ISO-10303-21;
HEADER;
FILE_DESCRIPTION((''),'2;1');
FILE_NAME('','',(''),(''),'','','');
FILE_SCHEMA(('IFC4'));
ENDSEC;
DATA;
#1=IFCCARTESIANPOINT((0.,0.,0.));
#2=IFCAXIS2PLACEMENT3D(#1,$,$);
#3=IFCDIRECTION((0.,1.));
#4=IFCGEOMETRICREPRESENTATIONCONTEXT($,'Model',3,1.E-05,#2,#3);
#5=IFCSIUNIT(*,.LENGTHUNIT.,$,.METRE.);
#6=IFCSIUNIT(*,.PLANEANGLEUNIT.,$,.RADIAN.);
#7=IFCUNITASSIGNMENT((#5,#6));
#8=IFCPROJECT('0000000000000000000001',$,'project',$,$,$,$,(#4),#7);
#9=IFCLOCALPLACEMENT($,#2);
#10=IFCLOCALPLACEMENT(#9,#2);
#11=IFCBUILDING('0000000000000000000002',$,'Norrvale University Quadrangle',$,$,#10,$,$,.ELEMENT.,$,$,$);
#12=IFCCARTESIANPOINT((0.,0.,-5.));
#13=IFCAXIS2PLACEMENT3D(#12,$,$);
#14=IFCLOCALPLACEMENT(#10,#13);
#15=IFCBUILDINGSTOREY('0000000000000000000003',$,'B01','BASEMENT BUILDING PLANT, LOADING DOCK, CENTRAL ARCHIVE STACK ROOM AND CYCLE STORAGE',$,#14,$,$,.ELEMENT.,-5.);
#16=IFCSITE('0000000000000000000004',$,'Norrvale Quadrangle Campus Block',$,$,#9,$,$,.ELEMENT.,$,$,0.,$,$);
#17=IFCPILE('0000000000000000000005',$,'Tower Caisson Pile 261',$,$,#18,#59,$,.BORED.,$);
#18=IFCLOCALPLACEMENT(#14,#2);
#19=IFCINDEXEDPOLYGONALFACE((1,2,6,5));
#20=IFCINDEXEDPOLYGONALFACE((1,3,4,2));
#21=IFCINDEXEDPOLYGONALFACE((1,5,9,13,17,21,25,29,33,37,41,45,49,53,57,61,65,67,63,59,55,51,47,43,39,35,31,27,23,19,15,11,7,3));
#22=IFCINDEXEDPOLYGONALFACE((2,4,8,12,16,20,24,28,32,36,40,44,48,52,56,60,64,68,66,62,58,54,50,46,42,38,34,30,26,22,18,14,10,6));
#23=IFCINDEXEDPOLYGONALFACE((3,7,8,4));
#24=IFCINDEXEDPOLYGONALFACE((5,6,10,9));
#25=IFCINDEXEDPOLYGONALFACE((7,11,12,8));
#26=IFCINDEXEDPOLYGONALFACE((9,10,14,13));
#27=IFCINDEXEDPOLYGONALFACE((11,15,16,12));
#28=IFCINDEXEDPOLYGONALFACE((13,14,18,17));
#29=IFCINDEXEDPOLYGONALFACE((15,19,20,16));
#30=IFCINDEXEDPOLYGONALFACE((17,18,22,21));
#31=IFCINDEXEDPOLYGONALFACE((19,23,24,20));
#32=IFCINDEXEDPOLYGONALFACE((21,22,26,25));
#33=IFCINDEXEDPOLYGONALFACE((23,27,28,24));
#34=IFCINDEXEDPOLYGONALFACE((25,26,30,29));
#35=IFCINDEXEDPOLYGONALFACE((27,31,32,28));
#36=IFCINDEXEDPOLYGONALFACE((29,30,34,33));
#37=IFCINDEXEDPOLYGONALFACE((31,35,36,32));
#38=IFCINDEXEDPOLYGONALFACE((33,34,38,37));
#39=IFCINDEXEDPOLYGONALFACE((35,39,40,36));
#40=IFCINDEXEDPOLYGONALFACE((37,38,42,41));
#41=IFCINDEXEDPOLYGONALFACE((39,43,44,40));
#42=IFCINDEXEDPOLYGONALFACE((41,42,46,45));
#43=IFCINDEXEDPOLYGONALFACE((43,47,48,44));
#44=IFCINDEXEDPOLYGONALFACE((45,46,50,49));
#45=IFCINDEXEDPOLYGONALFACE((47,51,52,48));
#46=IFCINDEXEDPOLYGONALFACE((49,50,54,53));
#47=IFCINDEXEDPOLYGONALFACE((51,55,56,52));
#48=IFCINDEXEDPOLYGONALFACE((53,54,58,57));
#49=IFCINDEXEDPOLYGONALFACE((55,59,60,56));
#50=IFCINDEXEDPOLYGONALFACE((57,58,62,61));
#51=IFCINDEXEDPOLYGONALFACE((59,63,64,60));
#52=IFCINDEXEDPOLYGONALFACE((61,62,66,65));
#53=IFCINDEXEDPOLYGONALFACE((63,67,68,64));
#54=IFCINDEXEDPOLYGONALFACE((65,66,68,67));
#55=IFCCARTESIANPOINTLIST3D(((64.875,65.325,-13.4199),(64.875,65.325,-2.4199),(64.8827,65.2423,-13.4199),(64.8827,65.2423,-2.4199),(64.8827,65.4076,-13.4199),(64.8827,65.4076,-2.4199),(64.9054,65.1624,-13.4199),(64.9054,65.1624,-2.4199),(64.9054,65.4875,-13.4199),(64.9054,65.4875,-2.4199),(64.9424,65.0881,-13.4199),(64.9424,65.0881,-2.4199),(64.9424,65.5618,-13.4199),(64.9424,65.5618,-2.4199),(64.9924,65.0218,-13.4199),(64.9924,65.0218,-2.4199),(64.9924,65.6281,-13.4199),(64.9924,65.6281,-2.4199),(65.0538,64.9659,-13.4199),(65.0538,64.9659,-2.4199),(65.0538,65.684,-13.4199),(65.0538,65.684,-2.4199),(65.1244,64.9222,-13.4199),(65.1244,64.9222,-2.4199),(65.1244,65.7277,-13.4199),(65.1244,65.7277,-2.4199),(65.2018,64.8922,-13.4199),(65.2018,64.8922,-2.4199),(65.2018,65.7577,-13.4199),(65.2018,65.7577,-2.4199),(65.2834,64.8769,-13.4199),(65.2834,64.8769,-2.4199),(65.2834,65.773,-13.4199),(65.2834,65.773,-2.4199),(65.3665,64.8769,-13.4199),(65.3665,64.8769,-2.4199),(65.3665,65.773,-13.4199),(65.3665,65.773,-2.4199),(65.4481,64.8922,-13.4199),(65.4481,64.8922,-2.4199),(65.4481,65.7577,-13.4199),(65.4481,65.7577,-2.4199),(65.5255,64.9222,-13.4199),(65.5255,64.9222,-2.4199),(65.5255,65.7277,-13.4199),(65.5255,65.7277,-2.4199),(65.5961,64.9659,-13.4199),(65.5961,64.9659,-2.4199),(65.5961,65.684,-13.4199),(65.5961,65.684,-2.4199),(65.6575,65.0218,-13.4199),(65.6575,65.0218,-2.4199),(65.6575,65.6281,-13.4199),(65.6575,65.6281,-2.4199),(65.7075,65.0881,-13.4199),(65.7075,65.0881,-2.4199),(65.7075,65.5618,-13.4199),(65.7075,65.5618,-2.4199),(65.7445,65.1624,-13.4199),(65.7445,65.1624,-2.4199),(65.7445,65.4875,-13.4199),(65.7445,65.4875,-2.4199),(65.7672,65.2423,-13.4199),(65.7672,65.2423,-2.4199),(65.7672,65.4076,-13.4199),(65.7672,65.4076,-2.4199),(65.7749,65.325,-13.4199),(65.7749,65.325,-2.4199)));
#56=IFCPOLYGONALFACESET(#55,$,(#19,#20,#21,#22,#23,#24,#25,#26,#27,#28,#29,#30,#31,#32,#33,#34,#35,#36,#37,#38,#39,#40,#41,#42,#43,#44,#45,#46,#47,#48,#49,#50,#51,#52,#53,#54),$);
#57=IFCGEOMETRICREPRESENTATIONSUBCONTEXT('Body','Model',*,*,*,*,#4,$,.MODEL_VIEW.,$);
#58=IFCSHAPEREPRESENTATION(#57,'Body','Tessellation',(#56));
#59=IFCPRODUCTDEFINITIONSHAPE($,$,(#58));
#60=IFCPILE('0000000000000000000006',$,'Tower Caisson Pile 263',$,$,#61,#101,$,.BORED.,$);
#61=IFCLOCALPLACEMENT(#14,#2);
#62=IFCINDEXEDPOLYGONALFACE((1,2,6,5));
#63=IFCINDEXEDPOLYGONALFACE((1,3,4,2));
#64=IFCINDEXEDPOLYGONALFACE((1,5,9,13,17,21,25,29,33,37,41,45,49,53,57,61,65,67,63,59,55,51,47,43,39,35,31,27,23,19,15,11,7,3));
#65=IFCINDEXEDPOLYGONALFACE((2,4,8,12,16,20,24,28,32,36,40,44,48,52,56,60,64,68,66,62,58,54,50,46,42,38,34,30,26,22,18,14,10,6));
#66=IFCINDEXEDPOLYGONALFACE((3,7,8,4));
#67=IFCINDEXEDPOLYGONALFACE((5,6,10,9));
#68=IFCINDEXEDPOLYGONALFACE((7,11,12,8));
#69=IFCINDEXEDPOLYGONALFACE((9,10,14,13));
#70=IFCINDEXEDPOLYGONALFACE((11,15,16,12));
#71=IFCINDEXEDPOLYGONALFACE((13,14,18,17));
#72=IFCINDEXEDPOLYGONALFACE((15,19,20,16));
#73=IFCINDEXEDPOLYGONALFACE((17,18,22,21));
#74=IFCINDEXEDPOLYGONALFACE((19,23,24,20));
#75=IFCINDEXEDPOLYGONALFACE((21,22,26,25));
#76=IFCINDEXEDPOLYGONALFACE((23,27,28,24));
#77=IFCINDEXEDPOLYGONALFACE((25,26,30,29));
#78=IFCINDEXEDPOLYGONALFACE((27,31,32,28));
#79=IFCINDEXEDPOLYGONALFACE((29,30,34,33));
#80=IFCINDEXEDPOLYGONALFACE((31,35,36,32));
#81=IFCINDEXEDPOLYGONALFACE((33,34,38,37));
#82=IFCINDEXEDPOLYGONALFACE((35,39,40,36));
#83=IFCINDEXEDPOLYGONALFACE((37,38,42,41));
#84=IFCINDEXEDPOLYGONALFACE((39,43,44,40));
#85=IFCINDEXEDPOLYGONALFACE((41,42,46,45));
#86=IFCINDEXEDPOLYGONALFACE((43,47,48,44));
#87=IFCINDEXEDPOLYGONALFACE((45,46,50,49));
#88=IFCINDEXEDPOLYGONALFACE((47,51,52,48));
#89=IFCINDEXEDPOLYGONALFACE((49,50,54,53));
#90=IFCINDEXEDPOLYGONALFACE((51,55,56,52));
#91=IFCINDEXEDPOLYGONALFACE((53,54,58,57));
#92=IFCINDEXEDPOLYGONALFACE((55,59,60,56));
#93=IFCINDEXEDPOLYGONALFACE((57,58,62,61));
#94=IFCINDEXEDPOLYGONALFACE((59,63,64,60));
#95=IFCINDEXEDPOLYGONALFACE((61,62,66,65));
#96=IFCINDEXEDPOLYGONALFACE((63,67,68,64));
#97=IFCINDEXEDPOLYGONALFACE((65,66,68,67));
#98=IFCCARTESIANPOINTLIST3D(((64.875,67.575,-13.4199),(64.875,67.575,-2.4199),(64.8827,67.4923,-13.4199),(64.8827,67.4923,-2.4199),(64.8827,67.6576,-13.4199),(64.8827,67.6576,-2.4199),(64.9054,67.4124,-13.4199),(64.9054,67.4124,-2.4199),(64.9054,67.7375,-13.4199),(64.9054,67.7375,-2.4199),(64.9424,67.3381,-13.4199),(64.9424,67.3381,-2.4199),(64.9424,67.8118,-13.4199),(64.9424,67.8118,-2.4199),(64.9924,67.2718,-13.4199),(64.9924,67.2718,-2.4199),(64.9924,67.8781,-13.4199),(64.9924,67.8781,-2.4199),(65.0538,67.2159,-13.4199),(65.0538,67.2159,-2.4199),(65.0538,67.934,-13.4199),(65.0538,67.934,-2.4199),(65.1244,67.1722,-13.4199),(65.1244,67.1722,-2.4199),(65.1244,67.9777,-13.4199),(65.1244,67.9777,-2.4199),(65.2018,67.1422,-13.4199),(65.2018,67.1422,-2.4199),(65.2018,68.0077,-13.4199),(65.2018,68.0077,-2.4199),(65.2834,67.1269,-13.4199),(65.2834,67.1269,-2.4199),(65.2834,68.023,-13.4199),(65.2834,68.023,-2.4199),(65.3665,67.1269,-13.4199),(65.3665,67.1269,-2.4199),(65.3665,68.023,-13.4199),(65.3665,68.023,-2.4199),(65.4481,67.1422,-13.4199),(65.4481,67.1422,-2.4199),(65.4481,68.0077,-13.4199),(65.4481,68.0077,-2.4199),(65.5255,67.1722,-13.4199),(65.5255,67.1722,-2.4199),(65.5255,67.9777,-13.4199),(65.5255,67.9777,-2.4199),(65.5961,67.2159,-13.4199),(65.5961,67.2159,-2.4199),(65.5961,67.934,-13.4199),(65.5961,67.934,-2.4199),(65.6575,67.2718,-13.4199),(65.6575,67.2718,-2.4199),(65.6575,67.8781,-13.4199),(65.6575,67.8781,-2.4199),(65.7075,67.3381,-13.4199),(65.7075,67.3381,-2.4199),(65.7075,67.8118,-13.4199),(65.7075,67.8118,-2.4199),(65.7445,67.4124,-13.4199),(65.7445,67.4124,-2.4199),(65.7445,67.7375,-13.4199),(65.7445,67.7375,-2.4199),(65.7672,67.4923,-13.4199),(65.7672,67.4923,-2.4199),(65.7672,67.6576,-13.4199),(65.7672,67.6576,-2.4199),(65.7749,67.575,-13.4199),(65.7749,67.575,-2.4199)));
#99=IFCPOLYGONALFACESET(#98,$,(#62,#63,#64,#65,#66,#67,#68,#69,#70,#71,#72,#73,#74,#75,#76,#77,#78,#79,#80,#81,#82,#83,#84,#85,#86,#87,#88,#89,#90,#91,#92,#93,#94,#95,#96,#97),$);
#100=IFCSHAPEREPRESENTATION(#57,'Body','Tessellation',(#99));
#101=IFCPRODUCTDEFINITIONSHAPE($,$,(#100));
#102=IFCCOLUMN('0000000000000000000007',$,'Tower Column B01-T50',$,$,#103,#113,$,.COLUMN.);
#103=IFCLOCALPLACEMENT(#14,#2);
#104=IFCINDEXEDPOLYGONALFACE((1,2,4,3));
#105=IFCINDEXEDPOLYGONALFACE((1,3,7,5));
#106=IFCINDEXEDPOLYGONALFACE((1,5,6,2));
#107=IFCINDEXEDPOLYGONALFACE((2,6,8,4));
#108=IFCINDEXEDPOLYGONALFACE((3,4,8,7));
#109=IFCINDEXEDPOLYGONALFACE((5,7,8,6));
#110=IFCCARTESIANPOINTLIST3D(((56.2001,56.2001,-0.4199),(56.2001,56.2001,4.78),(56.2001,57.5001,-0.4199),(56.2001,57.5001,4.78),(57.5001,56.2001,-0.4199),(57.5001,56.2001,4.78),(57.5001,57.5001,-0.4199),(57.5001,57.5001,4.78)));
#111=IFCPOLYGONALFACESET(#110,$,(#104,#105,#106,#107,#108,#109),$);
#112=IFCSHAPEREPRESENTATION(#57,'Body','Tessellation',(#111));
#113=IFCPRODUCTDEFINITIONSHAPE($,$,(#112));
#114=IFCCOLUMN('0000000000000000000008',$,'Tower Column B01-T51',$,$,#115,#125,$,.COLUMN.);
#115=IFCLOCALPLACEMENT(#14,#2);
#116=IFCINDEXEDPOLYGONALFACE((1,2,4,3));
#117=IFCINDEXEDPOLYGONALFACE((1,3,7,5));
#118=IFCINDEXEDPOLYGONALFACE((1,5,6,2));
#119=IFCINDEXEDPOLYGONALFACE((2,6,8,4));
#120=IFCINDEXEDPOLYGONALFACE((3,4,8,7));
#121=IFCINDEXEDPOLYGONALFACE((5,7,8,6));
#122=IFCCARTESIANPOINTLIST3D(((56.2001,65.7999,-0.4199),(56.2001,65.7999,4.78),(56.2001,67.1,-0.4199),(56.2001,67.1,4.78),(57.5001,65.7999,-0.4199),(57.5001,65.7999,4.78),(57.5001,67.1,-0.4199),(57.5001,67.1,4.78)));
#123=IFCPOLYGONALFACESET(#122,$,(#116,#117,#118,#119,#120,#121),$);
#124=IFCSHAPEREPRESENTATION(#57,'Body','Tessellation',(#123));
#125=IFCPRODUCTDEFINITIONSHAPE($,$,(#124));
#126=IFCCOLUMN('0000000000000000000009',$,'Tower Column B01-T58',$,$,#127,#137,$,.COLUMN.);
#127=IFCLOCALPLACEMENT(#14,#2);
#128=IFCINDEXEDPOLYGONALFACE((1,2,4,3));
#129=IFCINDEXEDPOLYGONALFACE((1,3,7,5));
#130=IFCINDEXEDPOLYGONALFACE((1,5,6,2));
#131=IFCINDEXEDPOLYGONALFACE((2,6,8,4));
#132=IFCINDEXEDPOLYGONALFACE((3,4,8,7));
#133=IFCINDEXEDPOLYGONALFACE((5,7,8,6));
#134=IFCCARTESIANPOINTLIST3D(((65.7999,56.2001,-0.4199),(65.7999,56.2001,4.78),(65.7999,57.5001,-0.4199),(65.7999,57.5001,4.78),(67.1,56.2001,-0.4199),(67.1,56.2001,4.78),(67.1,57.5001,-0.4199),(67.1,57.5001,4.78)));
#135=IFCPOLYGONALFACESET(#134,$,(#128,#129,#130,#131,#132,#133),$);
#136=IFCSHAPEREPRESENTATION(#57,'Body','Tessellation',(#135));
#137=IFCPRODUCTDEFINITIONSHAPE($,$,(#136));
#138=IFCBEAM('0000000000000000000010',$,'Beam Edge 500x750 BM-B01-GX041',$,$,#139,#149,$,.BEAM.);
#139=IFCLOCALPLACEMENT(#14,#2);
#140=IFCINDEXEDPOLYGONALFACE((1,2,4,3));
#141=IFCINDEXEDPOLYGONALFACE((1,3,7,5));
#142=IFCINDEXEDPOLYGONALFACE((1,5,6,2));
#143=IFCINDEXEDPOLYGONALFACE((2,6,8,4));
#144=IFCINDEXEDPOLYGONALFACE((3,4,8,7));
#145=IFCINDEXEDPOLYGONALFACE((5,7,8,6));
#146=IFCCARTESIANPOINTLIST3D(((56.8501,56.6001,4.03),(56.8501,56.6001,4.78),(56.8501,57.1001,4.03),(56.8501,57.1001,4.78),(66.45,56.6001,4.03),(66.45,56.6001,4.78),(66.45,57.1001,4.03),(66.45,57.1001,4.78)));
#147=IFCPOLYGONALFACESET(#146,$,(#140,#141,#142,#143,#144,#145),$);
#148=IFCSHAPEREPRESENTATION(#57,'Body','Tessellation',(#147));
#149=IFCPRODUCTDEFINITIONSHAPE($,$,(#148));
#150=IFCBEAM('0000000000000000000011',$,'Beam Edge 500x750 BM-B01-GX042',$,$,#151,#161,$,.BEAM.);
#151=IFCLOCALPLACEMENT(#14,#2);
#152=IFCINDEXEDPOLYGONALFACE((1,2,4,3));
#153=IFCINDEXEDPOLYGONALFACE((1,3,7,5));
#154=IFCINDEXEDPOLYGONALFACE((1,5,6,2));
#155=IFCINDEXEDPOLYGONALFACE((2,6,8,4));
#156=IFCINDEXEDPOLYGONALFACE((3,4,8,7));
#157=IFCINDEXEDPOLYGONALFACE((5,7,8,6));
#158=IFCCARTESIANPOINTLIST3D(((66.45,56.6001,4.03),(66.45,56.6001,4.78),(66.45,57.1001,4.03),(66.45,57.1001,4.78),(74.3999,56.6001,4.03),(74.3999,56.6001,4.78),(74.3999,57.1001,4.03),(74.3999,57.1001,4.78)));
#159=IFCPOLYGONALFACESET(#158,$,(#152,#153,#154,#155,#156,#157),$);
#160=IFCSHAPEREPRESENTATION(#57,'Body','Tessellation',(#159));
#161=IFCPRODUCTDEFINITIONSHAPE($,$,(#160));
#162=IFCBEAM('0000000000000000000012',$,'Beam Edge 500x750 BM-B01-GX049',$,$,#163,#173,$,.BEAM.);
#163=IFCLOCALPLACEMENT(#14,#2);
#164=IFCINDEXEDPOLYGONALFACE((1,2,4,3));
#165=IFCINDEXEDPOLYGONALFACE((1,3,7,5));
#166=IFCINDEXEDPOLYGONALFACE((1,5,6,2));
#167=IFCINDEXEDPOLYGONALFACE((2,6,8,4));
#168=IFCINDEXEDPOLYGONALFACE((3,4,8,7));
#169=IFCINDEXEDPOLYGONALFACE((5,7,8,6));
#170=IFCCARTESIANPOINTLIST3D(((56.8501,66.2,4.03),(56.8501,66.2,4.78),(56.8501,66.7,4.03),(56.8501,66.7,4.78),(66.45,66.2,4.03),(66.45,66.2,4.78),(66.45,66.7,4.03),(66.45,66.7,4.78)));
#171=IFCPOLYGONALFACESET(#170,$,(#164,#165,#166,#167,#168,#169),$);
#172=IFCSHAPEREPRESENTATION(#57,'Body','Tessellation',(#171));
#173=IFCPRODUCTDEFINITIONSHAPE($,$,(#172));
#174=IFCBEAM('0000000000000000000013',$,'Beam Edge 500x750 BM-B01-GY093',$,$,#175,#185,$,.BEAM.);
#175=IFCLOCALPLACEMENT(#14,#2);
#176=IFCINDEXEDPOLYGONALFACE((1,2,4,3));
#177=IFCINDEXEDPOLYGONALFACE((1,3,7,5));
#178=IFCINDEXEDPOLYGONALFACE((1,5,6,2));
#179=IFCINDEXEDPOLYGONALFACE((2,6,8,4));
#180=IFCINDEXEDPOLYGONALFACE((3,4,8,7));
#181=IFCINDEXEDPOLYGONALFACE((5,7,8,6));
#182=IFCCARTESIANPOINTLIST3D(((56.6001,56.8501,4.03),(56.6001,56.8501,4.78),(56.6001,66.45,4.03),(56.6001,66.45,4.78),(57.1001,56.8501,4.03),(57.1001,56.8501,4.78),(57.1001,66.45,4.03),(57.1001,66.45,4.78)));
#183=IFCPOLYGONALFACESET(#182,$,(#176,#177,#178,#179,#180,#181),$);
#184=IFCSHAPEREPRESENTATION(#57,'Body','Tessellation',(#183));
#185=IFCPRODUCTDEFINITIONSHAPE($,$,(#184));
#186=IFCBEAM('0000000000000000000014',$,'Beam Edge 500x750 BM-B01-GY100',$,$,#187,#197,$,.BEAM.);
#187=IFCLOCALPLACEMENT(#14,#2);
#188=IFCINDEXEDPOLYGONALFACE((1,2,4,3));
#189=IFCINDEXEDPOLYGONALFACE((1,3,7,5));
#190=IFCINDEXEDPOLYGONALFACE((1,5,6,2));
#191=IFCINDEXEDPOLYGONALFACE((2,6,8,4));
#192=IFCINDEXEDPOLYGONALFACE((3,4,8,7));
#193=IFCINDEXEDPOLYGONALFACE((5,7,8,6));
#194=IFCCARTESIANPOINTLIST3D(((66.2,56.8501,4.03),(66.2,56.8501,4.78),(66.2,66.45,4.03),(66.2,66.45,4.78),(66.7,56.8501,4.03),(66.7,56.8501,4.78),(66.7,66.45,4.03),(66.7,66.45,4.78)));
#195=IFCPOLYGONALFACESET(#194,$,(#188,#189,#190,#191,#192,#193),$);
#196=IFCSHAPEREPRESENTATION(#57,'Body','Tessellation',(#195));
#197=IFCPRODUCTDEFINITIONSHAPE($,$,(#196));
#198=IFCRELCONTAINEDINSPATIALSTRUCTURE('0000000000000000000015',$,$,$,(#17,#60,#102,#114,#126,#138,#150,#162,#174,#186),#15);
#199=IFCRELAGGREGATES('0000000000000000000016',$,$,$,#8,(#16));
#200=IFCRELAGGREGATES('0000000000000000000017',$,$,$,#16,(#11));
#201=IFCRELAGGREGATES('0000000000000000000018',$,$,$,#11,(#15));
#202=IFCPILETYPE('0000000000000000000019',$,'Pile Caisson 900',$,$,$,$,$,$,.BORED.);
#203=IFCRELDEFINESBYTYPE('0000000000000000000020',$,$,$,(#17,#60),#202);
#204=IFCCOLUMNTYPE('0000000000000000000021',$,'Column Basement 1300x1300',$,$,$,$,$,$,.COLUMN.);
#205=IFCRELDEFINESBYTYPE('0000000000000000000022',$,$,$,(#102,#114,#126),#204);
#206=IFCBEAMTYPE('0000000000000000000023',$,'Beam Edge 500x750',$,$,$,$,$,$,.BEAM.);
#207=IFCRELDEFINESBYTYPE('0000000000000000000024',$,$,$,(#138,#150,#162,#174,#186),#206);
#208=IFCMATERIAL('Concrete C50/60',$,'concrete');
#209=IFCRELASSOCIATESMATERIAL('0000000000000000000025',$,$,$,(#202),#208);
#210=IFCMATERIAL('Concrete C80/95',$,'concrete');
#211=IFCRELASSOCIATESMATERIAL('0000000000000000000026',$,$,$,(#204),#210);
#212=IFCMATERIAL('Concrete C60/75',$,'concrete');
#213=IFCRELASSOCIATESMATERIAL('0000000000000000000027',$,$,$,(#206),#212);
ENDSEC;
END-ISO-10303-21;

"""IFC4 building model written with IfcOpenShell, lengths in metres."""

from ifc_helpers import new_model, si_unit, direction, frame, origin, origin_2d, place, context, subcontext, project, spatial, rectangle, circle, extrude, material, material_profile, profile_set, type_object, element, save


model = new_model("IFC4")

# Units and contexts
model_context = context("Model", 3, precision=1e-05, world=origin(), true_north=direction((0.0, 1.0)))
body_context = subcontext(model_context, "Body", "Model", "MODEL_VIEW")
ifc_project = project(units=[si_unit("LENGTHUNIT", "METRE"), si_unit("PLANEANGLEUNIT", "RADIAN")], contexts=[model_context])

# Site, building, storey
site_placement = place(None, origin())
site = spatial("IfcSite", under=ifc_project, at=site_placement, Name="Norrvale Quadrangle Campus Block", CompositionType="ELEMENT", RefElevation=0.0)
building_placement = place(site_placement, origin())
building = spatial("IfcBuilding", under=site, at=building_placement, Name="Norrvale University Quadrangle", CompositionType="ELEMENT")
storey_placement = place(building_placement, frame((0.0, 0.0, -5.0)))
storey = spatial("IfcBuildingStorey", under=building, at=storey_placement, Name="B01", Description="BASEMENT BUILDING PLANT, LOADING DOCK, CENTRAL ARCHIVE STACK ROOM AND CYCLE STORAGE", CompositionType="ELEMENT", Elevation=-5.0)

# Shared definitions
ifc_material_1 = material(Name="Concrete C50/60", Category="concrete")

# Piles
ifc_material_profile_1 = material_profile(ifc_material_1, circle(Radius=0.45, at=origin_2d()), Name="Concrete C50/60")
ifc_profile_set_1 = profile_set([ifc_material_profile_1], Name="Concrete C50/60")
pile_type_1 = type_object("IfcPileType", Name="Pile Caisson 900", PredefinedType="BORED", material=ifc_profile_set_1)
for number, where, z_axis, x_axis, name in (
    (1, (65.325, 65.325, -2.4199), (0.0, 0.0, -1.0), (1.0, 0.0, 0.0), "Tower Caisson Pile 261"),
    (2, (65.325, 67.575, -2.4199), (0.0, 0.0, -1.0), (1.0, 0.0, 0.0), "Tower Caisson Pile 263"),
):
    element("IfcPile", number, at=place(storey_placement, frame(where, z_axis=z_axis, x_axis=x_axis)), inside=storey, type_object=pile_type_1, Name=name, PredefinedType="BORED", context=body_context, shape_type="SweptSolid", body=[
        extrude(circle(Radius=0.45, at=origin_2d()), origin(), (0.0, 0.0, 1.0), 11.0),
    ])

# Columns
ifc_material_2 = material(Name="Concrete C80/95", Category="concrete")
ifc_material_profile_2 = material_profile(ifc_material_2, rectangle(XDim=1.3, YDim=1.3, at=origin_2d()), Name="Concrete C80/95")
ifc_profile_set_2 = profile_set([ifc_material_profile_2], Name="Concrete C80/95")
column_type = type_object("IfcColumnType", Name="Column Basement 1300x1300", PredefinedType="COLUMN", material=ifc_profile_set_2)
for number, where, z_axis, x_axis, name in (
    (3, (56.8501, 56.8501, -0.4199), (0.0, 0.0, 1.0), (1.0, 0.0, 0.0), "Tower Column B01-T50"),
    (4, (56.8501, 66.45, -0.4199), (0.0, 0.0, 1.0), (1.0, 0.0, 0.0), "Tower Column B01-T51"),
    (5, (66.45, 56.8501, -0.4199), (0.0, 0.0, 1.0), (1.0, 0.0, 0.0), "Tower Column B01-T58"),
):
    element("IfcColumn", number, at=place(storey_placement, frame(where, z_axis=z_axis, x_axis=x_axis)), inside=storey, type_object=column_type, Name=name, PredefinedType="COLUMN", context=body_context, shape_type="SweptSolid", body=[
        extrude(rectangle(XDim=1.3, YDim=1.3, at=origin_2d()), origin(), (0.0, 0.0, 1.0), 5.2),
    ])

# Beams
ifc_material_3 = material(Name="Concrete C60/75", Category="concrete")
ifc_material_profile_3 = material_profile(ifc_material_3, rectangle(XDim=0.5, YDim=0.75, at=origin_2d()), Name="Concrete C60/75")
ifc_profile_set_3 = profile_set([ifc_material_profile_3], Name="Concrete C60/75")
beam_type_1 = type_object("IfcBeamType", Name="Beam Edge 500x750", PredefinedType="BEAM", material=ifc_profile_set_3)
beam_1_placement = place(storey_placement, frame((56.8501, 56.8501, 4.405), z_axis=(1.0, 0.0, 0.0), x_axis=(0.0, 1.0, 0.0)))
element("IfcBeam", 6, at=beam_1_placement, inside=storey, type_object=beam_type_1, Name="Beam Edge 500x750 BM-B01-GX041", PredefinedType="BEAM", context=body_context, shape_type="SweptSolid", body=[
    extrude(rectangle(XDim=0.5, YDim=0.75, at=origin_2d()), origin(), (0.0, 0.0, 1.0), 9.5999),
])
beam_2_placement = place(storey_placement, frame((66.45, 56.8501, 4.405), z_axis=(1.0, 0.0, 0.0), x_axis=(0.0, 1.0, 0.0)))
element("IfcBeam", 7, at=beam_2_placement, inside=storey, type_object=beam_type_1, Name="Beam Edge 500x750 BM-B01-GX042", PredefinedType="BEAM", context=body_context, shape_type="SweptSolid", body=[
    extrude(rectangle(XDim=0.5, YDim=0.75, at=origin_2d()), origin(), (0.0, 0.0, 1.0), 7.95),
])
for number, where, z_axis, x_axis, name in (
    (8, (56.8501, 66.45, 4.405), (1.0, 0.0, 0.0), (0.0, 1.0, 0.0), "Beam Edge 500x750 BM-B01-GX049"),
    (9, (56.8501, 56.8501, 4.405), (0.0, 1.0, 0.0), (-1.0, 0.0, 0.0), "Beam Edge 500x750 BM-B01-GY093"),
    (10, (66.45, 56.8501, 4.405), (0.0, 1.0, 0.0), (-1.0, 0.0, 0.0), "Beam Edge 500x750 BM-B01-GY100"),
):
    element("IfcBeam", number, at=place(storey_placement, frame(where, z_axis=z_axis, x_axis=x_axis)), inside=storey, type_object=beam_type_1, Name=name, PredefinedType="BEAM", context=body_context, shape_type="SweptSolid", body=[
        extrude(rectangle(XDim=0.5, YDim=0.75, at=origin_2d()), origin(), (0.0, 0.0, 1.0), 9.5999),
    ])

save(model, "model.ifc")
